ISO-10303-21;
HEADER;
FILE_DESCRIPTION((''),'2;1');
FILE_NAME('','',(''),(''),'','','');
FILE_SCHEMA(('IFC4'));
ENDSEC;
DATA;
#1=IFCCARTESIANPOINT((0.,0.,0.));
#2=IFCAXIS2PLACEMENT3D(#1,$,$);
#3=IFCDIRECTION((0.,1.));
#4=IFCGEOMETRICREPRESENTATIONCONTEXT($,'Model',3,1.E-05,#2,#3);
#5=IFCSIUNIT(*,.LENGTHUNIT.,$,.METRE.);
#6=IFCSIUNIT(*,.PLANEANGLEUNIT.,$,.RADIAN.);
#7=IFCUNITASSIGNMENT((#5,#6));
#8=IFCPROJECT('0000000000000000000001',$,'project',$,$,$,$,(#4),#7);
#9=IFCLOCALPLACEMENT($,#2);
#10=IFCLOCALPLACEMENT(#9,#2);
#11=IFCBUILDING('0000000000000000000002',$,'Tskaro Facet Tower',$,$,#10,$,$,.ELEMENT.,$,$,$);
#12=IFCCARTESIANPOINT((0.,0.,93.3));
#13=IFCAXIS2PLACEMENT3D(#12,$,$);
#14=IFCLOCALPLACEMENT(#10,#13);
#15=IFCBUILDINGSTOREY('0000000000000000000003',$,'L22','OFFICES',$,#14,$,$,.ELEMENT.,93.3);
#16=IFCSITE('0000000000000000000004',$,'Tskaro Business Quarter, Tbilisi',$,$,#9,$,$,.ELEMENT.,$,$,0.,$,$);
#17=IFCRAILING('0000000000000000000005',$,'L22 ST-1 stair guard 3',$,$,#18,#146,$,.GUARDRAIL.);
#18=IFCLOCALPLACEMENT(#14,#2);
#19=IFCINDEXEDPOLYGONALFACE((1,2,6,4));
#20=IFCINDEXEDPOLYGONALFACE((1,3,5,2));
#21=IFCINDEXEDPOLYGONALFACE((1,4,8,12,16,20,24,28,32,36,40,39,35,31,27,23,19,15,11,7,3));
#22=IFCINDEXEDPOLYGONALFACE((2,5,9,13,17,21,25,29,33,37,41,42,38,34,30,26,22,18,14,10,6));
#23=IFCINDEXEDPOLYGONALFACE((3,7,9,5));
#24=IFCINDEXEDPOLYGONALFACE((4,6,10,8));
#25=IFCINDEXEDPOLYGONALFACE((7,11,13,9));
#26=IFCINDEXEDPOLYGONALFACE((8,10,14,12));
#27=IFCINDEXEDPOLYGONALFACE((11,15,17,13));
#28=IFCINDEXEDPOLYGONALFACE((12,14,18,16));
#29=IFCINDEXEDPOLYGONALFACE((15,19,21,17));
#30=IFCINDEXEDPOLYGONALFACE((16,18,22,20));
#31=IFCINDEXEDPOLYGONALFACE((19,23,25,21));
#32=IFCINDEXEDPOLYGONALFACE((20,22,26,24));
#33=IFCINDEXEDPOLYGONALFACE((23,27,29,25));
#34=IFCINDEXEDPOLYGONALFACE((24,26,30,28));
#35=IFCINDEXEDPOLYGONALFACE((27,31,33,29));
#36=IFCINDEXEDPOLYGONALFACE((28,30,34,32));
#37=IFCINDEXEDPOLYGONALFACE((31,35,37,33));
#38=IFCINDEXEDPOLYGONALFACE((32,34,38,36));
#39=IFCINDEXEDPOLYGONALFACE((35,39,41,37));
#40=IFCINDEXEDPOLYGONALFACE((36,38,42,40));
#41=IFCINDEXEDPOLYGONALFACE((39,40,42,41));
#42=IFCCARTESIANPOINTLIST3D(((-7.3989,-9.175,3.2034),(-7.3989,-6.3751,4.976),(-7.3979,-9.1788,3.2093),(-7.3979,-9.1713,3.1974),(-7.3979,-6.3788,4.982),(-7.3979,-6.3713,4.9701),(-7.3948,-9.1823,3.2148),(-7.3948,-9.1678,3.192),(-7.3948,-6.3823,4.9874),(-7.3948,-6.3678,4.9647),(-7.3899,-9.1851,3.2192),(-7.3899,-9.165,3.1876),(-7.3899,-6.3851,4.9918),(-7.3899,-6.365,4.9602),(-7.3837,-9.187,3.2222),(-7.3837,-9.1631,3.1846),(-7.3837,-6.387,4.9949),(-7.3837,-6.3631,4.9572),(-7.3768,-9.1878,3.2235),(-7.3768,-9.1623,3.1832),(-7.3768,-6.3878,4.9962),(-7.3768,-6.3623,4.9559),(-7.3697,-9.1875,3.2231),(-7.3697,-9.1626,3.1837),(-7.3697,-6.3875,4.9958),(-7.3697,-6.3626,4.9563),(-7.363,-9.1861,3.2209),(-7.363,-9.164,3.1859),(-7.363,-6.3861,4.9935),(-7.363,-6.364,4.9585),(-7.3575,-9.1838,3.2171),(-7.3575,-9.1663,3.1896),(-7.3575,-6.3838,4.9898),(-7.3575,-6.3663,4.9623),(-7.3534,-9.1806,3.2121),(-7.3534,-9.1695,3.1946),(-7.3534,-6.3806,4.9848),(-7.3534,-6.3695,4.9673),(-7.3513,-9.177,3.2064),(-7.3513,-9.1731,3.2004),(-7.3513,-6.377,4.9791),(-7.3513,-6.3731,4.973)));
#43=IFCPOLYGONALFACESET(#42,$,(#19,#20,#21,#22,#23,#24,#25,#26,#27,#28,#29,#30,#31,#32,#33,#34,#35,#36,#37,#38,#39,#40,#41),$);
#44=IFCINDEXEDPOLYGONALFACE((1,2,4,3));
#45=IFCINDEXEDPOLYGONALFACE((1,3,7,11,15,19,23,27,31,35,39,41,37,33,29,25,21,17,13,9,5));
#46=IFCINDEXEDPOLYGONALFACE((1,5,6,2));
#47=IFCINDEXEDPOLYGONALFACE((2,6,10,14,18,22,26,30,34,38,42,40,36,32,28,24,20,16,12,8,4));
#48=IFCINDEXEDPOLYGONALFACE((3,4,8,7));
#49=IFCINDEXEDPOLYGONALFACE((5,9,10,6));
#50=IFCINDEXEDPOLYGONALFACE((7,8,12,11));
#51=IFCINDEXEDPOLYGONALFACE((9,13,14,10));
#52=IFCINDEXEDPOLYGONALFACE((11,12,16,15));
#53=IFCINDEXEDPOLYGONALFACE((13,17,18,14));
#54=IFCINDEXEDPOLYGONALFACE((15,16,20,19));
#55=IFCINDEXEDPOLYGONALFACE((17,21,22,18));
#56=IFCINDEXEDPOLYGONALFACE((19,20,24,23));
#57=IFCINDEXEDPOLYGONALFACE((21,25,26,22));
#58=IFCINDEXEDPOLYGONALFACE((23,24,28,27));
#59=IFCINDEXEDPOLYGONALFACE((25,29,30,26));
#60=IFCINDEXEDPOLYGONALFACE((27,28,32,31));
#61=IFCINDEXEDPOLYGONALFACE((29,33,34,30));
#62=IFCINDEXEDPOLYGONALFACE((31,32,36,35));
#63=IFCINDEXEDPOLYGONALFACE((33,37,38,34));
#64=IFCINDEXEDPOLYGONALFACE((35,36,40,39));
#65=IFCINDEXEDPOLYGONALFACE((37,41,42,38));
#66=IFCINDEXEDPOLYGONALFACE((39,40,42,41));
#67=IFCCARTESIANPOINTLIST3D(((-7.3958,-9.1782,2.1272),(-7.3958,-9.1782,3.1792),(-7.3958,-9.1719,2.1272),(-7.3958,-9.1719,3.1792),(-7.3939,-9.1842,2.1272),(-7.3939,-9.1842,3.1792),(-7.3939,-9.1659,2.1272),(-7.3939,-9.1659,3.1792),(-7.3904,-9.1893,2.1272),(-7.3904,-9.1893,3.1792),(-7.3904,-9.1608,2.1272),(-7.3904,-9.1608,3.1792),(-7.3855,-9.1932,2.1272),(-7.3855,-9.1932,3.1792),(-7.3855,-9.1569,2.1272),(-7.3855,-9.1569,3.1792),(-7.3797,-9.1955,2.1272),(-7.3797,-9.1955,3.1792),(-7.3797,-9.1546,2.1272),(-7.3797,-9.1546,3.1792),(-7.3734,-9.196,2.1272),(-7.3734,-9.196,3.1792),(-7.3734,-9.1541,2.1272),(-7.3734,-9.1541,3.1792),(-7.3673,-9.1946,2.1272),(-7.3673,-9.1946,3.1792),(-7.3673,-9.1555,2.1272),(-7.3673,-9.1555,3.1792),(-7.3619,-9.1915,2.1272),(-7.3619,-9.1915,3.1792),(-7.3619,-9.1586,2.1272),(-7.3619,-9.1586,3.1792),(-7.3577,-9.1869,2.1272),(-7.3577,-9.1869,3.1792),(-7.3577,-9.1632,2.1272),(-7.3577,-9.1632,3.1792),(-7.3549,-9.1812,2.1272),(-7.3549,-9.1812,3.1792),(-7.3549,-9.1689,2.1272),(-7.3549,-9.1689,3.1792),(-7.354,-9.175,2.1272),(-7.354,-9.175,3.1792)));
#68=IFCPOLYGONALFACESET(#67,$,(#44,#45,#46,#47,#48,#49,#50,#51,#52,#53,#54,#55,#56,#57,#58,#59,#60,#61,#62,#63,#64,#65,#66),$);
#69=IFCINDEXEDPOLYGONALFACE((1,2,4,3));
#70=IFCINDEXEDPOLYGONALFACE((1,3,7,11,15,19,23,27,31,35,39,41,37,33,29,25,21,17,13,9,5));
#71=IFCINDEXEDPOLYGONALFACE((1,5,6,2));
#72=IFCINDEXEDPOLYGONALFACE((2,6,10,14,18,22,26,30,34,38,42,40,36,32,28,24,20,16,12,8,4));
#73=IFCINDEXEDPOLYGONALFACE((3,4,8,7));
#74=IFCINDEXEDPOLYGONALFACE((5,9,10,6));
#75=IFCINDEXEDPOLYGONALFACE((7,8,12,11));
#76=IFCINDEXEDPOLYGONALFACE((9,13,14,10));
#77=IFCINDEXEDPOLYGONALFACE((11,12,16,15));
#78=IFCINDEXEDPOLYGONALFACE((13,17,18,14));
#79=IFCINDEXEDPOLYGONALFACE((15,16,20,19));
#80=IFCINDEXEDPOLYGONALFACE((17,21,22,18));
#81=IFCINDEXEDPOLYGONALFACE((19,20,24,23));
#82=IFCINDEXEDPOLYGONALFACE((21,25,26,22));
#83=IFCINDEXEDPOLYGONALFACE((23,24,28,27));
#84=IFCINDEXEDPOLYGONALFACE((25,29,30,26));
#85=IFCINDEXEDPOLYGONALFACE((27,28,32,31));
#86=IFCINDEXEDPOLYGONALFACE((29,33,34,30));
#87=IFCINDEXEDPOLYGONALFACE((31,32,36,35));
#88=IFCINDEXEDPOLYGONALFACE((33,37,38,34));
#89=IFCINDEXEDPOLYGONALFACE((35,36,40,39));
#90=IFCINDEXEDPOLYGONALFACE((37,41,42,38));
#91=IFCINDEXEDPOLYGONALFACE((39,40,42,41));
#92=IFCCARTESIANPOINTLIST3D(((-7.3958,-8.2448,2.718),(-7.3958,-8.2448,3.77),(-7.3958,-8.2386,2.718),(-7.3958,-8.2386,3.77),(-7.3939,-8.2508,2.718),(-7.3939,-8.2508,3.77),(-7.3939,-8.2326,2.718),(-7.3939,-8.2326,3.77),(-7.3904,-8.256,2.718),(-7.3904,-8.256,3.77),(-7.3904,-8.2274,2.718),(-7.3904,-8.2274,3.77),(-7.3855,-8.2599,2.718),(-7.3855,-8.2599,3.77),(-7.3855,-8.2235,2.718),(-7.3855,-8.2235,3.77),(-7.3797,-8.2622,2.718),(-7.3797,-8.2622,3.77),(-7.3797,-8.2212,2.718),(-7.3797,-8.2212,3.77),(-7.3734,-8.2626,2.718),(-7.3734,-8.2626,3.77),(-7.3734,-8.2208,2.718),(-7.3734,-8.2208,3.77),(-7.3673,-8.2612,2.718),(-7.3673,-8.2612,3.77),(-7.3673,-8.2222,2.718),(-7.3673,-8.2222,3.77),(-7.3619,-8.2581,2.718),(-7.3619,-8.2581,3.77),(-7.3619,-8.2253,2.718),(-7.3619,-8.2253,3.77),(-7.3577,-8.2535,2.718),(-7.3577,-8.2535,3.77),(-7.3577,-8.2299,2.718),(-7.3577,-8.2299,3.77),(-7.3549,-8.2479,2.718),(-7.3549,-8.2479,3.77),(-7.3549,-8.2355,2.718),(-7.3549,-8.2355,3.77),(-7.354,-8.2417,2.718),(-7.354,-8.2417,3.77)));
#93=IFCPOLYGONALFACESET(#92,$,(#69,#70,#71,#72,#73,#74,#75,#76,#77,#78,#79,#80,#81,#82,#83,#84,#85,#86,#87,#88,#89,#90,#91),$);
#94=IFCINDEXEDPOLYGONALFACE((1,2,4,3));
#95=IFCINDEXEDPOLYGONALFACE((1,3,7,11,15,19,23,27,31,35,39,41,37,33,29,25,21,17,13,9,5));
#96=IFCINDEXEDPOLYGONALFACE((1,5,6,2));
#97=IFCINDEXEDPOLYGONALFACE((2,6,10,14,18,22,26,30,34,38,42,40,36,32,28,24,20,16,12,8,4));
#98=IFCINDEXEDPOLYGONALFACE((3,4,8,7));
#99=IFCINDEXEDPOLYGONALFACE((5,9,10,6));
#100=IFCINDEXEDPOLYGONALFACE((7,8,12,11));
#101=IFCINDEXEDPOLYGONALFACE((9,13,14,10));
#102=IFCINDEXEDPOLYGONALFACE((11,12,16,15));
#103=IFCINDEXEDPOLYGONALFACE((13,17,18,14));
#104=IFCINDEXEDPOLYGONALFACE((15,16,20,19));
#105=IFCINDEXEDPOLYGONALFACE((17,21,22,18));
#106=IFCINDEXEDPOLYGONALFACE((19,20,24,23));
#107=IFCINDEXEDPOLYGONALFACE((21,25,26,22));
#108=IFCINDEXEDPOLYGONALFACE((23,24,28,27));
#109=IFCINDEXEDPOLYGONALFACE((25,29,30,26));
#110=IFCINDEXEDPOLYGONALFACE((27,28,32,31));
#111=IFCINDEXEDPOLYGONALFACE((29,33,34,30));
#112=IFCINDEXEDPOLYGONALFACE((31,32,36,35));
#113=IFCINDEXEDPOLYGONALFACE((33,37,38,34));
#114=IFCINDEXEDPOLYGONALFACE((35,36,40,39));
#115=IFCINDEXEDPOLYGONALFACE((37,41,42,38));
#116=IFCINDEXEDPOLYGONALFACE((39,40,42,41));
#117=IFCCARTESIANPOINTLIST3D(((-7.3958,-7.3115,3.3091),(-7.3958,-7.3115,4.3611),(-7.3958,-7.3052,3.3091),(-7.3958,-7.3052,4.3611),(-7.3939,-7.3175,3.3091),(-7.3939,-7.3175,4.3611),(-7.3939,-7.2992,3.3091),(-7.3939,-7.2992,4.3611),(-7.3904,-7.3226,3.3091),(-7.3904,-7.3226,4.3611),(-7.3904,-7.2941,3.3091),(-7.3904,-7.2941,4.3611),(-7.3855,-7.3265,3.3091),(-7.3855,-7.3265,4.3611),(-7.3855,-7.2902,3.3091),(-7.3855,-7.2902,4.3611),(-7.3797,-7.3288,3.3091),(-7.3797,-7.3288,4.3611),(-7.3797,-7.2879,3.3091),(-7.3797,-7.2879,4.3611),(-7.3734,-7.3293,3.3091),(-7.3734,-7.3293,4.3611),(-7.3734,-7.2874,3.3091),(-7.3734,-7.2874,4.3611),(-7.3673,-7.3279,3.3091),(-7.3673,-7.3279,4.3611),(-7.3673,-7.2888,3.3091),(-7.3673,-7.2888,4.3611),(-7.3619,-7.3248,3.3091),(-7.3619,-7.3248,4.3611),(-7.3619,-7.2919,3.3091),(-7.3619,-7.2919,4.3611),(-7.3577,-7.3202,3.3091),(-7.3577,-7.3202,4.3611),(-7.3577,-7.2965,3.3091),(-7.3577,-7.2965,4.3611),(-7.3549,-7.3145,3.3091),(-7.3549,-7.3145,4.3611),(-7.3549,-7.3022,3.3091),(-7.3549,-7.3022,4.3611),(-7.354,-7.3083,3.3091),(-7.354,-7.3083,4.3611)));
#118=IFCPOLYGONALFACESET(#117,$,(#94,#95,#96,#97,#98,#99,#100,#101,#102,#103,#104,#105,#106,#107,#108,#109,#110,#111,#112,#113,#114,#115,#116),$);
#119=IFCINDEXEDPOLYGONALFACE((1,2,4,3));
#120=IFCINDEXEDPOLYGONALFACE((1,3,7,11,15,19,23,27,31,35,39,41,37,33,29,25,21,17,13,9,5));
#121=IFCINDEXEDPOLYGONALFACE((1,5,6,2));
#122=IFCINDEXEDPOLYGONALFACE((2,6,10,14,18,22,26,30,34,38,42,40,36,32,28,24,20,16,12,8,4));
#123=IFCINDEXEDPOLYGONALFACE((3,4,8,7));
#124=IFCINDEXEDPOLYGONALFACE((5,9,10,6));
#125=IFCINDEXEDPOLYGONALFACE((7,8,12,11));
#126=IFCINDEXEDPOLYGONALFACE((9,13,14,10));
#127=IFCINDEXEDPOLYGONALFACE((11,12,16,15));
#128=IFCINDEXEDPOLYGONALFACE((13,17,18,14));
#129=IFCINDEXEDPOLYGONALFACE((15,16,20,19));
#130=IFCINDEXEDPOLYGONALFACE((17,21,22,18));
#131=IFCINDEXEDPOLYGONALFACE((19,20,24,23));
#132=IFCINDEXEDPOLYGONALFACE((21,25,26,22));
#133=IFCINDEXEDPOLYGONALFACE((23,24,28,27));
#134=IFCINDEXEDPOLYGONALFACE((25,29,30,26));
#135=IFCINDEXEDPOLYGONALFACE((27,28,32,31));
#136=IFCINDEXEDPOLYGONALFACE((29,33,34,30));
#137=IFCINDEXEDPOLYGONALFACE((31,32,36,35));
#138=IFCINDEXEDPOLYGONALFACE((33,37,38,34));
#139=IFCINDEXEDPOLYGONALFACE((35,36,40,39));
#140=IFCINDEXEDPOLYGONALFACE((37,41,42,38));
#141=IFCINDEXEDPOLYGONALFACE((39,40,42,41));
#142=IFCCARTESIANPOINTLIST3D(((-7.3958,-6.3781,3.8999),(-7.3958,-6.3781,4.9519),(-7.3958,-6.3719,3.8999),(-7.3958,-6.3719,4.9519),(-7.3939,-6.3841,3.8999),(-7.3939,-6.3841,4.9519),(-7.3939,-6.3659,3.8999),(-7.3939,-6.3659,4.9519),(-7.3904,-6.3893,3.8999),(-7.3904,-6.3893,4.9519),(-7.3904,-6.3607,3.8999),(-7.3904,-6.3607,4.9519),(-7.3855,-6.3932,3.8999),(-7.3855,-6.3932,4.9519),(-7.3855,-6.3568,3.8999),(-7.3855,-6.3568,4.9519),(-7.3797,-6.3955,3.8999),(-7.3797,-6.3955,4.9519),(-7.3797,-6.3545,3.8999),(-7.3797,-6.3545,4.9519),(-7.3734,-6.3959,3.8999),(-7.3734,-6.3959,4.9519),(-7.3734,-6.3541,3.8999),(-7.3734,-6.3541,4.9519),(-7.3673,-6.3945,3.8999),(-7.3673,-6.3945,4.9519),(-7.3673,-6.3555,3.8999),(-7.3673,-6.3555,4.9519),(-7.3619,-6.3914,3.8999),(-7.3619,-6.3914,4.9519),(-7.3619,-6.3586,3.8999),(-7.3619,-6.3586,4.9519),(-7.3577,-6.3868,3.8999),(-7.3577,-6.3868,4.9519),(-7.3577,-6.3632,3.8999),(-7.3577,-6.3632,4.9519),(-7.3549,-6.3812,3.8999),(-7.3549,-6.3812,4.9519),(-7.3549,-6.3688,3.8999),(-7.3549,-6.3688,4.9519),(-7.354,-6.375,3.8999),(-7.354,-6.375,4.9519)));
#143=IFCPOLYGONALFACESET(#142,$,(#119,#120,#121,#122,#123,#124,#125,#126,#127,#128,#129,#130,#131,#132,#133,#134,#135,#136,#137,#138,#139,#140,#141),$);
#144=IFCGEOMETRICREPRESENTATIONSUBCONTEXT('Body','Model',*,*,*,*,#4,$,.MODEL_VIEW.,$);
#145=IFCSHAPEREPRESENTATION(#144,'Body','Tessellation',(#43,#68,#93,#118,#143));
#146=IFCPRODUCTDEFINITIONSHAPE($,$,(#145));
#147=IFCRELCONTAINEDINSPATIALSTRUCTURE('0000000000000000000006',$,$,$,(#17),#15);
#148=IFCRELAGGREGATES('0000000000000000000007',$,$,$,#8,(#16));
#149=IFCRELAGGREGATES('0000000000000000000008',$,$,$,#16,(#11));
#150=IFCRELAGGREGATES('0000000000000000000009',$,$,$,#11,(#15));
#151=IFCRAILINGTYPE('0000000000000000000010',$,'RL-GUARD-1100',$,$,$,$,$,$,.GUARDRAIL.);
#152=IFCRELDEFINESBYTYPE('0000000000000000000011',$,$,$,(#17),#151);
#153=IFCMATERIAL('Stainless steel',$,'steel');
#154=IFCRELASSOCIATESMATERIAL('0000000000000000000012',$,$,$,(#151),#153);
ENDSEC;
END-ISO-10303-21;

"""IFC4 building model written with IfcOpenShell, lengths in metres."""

from ifc_helpers import new_model, si_unit, direction, frame, origin, origin_2d, place, context, subcontext, project, spatial, circle, extrude, material, type_object, element, save


model = new_model("IFC4")

# Units and contexts
model_context = context("Model", 3, precision=1e-05, world=origin(), true_north=direction((0.0, 1.0)))
body_context = subcontext(model_context, "Body", "Model", "MODEL_VIEW")
ifc_project = project(units=[si_unit("LENGTHUNIT", "METRE"), si_unit("PLANEANGLEUNIT", "RADIAN")], contexts=[model_context])

# Site, building, storey
site_placement = place(None, origin())
site = spatial("IfcSite", under=ifc_project, at=site_placement, Name="Tskaro Business Quarter, Tbilisi", CompositionType="ELEMENT", RefElevation=0.0)
building_placement = place(site_placement, origin())
building = spatial("IfcBuilding", under=site, at=building_placement, Name="Tskaro Facet Tower", CompositionType="ELEMENT")
storey_placement = place(building_placement, frame((0.0, 0.0, 93.3)))
storey = spatial("IfcBuildingStorey", under=building, at=storey_placement, Name="L22", Description="OFFICES", CompositionType="ELEMENT", Elevation=93.3)

# Shared definitions
ifc_material_1 = material(Name="Stainless steel", Category="steel")

# Railing
railing_type_1 = type_object("IfcRailingType", Name="RL-GUARD-1100", PredefinedType="GUARDRAIL", material=ifc_material_1)
railing_1_placement = place(storey_placement, frame((-7.375, -9.175, 2.1272)))
element("IfcRailing", 1, at=railing_1_placement, inside=storey, type_object=railing_type_1, Name="L22 ST-1 stair guard 3", PredefinedType="GUARDRAIL", context=body_context, shape_type="SweptSolid", body=[
    extrude(circle(Radius=0.0239, at=origin_2d()), frame((0.0, 0.0, 1.0762), z_axis=(0.0, 0.844909, 0.53491), x_axis=(-1.0, 0.0, 0.0)), (0.0, 0.0, 1.0), 3.314),
    extrude(circle(Radius=0.021, at=origin_2d()), origin(), (0.0, 0.0, 1.0), 1.052),
    extrude(circle(Radius=0.021, at=origin_2d()), frame((0.0, 0.9333, 0.5908)), (0.0, 0.0, 1.0), 1.052),
    extrude(circle(Radius=0.021, at=origin_2d()), frame((0.0, 1.8667, 1.1819)), (0.0, 0.0, 1.0), 1.052),
    extrude(circle(Radius=0.021, at=origin_2d()), frame((0.0, 2.8, 1.7727)), (0.0, 0.0, 1.0), 1.052),
])

save(model, "model.ifc")
